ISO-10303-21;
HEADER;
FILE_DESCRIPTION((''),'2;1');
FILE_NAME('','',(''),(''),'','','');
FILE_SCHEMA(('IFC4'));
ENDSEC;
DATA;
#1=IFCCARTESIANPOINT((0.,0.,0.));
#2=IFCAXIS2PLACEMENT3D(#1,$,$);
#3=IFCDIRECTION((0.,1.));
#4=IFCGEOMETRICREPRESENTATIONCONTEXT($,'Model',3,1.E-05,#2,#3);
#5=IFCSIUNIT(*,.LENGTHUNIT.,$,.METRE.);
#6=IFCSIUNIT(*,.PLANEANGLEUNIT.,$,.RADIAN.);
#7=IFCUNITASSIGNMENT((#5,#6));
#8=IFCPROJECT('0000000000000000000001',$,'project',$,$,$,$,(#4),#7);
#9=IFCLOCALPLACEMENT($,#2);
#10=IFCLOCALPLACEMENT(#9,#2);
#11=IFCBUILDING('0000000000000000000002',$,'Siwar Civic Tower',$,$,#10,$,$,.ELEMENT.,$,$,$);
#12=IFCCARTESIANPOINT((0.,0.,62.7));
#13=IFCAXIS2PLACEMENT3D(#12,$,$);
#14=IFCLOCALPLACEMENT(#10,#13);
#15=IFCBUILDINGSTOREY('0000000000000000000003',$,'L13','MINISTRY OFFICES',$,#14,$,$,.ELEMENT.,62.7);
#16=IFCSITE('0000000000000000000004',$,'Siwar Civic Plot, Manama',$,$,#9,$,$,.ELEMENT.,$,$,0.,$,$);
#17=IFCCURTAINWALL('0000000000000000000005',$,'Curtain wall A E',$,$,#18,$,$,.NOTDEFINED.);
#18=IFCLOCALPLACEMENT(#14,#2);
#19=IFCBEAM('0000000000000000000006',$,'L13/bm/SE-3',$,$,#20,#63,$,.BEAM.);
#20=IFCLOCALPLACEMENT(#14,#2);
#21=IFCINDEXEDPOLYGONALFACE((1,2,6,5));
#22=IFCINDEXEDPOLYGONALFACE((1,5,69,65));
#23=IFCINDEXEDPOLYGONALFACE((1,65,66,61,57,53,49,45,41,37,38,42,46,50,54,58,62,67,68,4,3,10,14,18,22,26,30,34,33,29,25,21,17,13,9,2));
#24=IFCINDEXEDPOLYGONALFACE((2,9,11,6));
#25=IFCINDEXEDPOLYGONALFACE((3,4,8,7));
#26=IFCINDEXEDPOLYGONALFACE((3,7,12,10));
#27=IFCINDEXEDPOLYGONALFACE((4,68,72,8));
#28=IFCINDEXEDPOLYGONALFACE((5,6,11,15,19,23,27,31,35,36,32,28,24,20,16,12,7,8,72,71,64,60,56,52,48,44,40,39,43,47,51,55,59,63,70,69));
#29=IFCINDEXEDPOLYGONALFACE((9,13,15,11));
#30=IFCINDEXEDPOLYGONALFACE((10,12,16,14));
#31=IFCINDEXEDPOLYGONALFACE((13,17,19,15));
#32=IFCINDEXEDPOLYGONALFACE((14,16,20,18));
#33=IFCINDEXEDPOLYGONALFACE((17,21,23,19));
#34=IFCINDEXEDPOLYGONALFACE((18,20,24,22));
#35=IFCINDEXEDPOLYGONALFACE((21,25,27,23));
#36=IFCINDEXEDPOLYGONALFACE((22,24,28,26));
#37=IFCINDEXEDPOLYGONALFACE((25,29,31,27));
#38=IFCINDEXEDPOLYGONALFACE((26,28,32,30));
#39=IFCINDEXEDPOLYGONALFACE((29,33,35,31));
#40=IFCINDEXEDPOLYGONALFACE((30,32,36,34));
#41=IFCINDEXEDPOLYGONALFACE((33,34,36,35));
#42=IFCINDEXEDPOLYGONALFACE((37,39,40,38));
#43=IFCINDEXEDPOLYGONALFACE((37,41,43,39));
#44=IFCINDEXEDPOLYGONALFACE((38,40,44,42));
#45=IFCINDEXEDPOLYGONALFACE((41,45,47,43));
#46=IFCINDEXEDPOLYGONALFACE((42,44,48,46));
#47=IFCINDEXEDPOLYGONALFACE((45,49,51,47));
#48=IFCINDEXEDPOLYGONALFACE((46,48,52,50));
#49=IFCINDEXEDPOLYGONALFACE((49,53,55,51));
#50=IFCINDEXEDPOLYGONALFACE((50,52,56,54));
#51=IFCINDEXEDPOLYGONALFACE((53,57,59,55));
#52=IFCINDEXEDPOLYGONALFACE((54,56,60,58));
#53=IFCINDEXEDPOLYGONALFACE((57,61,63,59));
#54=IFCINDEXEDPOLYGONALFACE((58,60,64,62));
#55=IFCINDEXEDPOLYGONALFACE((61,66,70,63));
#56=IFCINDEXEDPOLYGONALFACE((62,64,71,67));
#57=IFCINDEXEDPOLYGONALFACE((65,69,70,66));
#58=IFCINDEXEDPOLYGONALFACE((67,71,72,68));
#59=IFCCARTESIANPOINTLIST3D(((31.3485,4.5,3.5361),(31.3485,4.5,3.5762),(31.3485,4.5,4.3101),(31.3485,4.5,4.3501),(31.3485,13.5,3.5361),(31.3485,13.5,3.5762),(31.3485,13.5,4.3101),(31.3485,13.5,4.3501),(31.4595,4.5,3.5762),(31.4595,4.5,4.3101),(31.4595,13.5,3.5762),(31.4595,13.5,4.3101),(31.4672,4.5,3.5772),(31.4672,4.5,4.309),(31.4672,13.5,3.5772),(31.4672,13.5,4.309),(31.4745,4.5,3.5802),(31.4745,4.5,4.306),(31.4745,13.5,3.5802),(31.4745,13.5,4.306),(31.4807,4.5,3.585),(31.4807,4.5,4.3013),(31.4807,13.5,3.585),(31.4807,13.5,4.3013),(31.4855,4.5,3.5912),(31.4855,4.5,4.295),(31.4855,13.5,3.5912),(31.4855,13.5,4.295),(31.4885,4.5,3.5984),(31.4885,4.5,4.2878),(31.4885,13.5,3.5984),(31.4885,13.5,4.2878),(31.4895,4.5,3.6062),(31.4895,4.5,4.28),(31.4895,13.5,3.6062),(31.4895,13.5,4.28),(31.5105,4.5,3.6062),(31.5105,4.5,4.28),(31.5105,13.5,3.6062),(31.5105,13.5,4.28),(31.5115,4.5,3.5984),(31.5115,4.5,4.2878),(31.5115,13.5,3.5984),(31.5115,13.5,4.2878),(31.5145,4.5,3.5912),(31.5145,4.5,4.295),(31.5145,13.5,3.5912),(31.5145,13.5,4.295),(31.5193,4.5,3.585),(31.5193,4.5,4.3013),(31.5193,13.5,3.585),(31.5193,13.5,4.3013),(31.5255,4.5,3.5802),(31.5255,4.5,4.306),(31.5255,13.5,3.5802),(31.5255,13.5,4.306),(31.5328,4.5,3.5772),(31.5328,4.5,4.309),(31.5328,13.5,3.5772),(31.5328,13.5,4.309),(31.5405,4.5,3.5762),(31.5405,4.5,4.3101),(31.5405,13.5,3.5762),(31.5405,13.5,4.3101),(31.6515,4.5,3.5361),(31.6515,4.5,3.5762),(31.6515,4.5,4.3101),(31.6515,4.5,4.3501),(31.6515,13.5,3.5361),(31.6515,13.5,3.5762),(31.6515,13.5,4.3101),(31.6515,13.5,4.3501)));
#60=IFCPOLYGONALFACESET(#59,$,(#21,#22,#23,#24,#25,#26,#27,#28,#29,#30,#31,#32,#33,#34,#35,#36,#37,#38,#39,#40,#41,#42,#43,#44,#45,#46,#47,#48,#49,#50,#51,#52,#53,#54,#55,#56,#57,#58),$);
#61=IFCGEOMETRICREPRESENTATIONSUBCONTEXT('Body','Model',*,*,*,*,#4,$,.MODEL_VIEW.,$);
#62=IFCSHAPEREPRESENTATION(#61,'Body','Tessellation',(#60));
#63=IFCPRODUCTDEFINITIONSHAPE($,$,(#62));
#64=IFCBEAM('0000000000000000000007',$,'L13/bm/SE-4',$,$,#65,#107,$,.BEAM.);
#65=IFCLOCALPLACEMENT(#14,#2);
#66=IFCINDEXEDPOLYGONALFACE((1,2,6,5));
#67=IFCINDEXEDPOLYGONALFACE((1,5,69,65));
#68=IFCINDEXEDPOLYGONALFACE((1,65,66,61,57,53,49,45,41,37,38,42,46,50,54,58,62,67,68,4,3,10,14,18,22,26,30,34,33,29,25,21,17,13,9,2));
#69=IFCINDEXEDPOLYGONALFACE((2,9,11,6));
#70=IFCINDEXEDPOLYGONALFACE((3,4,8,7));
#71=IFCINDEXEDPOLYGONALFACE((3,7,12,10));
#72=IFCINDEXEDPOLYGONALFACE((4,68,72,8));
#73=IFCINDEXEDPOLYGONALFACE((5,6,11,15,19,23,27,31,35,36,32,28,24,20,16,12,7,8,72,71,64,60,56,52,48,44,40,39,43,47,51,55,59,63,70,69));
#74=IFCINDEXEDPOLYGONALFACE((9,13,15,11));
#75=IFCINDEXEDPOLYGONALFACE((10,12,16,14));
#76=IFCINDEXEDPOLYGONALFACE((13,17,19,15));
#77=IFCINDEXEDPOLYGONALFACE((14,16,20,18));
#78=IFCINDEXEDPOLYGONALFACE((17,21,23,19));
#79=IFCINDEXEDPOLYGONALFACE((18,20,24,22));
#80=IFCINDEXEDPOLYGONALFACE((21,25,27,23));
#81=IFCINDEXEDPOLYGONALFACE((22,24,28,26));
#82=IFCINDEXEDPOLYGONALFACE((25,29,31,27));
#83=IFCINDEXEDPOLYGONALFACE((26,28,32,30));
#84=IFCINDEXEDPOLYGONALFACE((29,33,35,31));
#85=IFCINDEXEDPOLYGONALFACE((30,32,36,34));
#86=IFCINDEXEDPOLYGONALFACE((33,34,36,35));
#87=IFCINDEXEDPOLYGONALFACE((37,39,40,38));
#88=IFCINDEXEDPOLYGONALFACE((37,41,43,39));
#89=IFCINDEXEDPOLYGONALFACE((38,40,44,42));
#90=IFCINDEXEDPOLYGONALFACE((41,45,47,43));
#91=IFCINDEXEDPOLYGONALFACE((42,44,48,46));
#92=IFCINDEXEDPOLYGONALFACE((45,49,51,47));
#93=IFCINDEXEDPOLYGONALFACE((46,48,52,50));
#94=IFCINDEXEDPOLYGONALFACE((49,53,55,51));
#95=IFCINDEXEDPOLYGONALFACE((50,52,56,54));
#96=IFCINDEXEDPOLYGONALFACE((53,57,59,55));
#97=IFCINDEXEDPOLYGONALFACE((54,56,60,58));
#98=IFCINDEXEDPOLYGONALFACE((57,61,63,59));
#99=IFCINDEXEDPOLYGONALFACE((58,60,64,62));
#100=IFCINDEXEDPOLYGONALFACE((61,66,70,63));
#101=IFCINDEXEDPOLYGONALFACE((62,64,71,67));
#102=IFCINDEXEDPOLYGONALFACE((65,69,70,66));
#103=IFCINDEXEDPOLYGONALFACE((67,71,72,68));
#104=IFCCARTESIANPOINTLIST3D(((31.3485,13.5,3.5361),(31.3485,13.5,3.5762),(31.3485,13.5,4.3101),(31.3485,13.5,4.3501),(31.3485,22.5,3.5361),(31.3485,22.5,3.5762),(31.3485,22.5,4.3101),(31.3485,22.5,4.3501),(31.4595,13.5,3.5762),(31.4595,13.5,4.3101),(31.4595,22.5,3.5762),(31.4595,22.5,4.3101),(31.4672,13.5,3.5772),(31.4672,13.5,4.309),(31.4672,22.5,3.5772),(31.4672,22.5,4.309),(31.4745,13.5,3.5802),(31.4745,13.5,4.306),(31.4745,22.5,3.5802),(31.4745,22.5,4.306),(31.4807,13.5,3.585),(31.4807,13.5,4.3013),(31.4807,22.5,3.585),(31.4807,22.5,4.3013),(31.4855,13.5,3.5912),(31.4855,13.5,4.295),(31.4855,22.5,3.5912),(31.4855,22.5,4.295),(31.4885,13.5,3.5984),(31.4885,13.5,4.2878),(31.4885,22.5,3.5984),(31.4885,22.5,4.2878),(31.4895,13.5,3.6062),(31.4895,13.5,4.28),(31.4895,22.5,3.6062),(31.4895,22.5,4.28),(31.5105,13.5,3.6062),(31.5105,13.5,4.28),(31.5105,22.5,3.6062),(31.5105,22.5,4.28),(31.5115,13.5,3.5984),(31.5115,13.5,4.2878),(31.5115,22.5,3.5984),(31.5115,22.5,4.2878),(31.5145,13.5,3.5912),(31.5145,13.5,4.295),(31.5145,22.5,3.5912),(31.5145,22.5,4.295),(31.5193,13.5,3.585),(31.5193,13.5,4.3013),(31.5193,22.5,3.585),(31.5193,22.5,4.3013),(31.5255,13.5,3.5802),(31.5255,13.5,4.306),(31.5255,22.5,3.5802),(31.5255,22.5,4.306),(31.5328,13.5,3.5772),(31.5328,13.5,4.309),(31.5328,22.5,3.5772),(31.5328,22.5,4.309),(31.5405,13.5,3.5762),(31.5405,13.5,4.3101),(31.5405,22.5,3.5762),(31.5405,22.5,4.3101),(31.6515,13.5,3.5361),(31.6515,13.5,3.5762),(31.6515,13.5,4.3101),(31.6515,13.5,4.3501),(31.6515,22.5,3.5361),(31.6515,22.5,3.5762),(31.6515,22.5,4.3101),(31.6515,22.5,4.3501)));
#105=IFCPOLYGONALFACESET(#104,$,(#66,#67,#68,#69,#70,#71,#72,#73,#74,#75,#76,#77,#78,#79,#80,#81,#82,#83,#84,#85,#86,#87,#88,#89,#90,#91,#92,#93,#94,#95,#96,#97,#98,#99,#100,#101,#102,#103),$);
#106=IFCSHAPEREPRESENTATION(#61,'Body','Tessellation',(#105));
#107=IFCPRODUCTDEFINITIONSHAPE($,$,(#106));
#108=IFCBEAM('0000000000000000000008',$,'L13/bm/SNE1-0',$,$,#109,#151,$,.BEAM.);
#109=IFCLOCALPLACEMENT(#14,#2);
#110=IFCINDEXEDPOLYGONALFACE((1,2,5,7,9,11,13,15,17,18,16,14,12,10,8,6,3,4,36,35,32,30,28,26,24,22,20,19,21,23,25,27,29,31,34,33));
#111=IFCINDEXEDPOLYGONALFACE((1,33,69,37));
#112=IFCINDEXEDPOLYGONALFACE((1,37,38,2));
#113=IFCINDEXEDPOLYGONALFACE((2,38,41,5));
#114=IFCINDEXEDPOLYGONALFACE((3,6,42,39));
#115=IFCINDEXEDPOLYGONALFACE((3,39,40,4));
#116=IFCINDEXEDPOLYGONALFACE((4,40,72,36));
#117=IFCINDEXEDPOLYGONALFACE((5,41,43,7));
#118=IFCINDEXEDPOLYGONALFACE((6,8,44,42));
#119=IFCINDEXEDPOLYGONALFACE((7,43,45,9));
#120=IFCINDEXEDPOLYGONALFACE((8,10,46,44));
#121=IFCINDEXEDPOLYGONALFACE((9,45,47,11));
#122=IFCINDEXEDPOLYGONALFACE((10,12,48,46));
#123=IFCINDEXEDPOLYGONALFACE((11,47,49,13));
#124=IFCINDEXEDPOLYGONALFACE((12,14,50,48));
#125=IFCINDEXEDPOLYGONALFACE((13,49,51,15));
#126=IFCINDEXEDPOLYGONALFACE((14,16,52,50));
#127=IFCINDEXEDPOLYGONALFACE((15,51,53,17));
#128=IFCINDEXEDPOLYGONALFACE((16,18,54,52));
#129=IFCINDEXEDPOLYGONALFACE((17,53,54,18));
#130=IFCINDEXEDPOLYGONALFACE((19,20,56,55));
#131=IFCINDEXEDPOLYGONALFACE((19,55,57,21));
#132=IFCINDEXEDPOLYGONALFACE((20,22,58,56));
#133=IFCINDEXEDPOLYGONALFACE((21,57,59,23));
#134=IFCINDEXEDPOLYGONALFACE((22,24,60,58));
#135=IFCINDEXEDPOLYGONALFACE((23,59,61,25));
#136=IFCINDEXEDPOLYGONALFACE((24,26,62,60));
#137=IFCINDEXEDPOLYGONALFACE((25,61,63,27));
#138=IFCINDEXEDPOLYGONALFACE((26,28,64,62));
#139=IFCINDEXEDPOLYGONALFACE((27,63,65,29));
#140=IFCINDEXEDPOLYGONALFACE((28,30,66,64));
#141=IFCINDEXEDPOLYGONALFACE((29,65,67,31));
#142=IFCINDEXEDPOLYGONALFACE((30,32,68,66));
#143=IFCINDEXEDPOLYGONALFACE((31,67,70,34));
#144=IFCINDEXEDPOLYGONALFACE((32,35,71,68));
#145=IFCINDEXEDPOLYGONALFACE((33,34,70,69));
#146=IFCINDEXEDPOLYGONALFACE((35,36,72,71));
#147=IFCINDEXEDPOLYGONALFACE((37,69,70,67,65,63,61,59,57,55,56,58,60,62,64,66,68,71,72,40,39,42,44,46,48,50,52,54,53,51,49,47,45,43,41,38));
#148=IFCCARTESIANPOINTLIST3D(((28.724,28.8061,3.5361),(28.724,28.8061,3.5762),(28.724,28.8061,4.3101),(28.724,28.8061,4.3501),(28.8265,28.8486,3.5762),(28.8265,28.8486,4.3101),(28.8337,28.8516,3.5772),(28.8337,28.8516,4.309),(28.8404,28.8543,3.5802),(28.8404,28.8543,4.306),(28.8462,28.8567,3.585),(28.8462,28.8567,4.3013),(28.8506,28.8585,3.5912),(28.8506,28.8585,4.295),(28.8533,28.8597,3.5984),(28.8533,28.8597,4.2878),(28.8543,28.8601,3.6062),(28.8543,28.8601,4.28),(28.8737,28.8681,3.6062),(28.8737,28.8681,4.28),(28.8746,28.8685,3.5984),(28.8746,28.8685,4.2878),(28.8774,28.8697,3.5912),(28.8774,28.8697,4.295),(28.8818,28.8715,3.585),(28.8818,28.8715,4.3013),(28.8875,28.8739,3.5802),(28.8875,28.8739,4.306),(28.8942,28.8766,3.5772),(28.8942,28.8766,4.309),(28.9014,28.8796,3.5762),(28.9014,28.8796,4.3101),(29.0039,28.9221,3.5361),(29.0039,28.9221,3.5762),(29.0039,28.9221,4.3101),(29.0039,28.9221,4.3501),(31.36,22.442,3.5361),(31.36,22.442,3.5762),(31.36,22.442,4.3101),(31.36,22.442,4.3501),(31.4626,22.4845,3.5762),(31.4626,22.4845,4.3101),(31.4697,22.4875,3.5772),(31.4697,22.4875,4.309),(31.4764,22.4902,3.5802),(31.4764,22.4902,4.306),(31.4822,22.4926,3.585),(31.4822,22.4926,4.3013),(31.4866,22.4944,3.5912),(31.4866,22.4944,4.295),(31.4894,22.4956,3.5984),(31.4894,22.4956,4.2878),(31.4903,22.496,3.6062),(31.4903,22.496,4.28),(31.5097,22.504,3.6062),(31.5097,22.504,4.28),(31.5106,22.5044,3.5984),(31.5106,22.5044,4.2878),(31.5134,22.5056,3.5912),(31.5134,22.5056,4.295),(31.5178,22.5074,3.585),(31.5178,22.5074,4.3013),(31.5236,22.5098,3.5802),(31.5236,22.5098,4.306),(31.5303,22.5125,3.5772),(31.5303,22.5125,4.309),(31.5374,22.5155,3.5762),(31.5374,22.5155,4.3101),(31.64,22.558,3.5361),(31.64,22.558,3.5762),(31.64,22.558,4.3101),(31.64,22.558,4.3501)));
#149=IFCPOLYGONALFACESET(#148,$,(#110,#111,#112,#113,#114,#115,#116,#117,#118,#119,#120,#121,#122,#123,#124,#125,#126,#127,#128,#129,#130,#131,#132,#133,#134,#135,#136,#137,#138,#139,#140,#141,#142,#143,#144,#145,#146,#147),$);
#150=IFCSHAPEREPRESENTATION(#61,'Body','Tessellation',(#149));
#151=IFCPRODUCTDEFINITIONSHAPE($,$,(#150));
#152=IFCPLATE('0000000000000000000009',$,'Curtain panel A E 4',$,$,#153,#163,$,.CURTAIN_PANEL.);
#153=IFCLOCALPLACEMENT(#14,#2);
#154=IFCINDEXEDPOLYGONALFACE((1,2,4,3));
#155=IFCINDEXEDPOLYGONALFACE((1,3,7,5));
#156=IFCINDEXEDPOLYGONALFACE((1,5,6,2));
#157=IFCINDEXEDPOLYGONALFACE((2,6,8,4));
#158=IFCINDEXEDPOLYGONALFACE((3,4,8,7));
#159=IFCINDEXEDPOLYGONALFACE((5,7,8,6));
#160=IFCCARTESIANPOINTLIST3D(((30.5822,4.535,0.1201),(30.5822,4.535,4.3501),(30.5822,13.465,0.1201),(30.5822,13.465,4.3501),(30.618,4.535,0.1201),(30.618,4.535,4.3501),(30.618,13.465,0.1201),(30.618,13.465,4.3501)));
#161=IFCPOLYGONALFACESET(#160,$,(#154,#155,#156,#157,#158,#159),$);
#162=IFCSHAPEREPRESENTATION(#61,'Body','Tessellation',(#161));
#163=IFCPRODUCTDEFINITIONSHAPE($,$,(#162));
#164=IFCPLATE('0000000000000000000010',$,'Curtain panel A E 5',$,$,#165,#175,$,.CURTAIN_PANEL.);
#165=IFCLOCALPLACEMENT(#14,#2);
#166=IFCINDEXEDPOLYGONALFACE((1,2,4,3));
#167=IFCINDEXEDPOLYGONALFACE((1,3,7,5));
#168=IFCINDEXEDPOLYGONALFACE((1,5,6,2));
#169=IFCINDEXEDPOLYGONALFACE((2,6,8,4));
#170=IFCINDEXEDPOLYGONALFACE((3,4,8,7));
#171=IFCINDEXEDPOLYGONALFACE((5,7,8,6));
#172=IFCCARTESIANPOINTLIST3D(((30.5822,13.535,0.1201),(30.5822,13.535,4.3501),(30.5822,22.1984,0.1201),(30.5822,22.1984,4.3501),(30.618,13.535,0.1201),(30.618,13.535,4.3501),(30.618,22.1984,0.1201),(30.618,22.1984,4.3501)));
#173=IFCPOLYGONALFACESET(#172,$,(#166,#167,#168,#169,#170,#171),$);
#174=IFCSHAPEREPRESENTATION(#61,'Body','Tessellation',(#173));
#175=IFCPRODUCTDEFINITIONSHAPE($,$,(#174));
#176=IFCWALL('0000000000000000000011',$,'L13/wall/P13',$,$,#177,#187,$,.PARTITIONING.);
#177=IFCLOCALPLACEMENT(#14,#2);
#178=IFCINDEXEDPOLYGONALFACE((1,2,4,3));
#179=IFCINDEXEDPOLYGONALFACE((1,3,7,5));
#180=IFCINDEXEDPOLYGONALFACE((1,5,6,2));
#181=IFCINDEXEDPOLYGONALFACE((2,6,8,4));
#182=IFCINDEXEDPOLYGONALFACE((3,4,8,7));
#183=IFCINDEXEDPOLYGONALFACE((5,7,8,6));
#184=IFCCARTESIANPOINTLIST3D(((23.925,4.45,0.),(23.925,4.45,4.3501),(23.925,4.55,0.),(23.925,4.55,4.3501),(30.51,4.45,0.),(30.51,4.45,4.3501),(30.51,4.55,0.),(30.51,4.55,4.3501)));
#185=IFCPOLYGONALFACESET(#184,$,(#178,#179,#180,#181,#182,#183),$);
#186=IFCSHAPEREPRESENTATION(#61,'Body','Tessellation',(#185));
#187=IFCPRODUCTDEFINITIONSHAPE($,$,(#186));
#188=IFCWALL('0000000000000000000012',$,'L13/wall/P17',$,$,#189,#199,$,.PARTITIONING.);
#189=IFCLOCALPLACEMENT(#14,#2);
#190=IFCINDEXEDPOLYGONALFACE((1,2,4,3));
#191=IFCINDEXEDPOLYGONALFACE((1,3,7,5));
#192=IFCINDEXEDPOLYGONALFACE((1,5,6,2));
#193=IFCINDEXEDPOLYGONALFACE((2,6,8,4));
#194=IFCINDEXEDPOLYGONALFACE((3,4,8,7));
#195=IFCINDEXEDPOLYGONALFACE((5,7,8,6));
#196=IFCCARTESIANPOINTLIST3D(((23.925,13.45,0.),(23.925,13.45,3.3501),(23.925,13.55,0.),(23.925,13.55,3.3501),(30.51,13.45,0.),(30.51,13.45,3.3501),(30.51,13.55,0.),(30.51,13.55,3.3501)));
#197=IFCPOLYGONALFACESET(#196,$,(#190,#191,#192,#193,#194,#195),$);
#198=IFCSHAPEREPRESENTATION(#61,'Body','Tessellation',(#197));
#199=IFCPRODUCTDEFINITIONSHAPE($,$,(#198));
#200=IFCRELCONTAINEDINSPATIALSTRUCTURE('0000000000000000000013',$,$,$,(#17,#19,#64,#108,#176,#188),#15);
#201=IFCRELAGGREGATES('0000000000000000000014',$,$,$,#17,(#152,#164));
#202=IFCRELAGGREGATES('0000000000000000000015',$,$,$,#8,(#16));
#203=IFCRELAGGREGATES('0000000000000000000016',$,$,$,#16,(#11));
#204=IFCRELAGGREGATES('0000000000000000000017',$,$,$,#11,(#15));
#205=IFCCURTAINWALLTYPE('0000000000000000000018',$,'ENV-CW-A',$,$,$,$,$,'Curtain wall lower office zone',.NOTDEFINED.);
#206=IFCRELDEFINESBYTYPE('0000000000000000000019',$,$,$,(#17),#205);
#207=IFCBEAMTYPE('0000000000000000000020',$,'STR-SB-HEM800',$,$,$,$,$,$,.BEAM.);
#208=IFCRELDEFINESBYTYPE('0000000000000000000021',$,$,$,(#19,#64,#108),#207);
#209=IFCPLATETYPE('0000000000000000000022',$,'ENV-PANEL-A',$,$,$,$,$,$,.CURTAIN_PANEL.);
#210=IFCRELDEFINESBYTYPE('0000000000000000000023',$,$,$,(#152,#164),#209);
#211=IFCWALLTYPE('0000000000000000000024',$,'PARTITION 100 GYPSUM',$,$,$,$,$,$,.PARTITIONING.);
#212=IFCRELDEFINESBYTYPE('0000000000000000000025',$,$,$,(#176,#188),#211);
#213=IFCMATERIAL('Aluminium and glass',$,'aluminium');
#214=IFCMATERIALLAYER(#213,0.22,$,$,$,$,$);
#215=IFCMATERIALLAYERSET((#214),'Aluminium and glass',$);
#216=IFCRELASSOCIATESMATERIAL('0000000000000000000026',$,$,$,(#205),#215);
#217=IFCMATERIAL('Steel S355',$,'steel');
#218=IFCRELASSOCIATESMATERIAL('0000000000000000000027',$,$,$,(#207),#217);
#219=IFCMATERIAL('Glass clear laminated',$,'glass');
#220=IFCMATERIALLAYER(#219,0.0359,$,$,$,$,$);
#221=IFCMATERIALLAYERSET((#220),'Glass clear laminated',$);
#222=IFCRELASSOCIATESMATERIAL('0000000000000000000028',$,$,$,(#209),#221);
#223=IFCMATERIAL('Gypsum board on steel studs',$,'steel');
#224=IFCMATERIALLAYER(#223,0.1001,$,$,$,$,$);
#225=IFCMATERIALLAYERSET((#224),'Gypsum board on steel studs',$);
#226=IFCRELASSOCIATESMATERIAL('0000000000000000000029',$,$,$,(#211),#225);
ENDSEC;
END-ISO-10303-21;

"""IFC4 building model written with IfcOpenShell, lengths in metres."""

from ifc_helpers import new_model, si_unit, direction, frame, frame_2d, origin, origin_2d, place, context, subcontext, project, spatial, rectangle, i_section, extrude, material, layer, layer_set, material_profile, profile_set, type_object, element, aggregate, save


model = new_model("IFC4")

# Units and contexts
model_context = context("Model", 3, precision=1e-05, world=origin(), true_north=direction((0.0, 1.0)))
body_context = subcontext(model_context, "Body", "Model", "MODEL_VIEW")
ifc_project = project(units=[si_unit("LENGTHUNIT", "METRE"), si_unit("PLANEANGLEUNIT", "RADIAN")], contexts=[model_context])

# Site, building, storey
site_placement = place(None, origin())
site = spatial("IfcSite", under=ifc_project, at=site_placement, Name="Siwar Civic Plot, Manama", CompositionType="ELEMENT", RefElevation=0.0)
building_placement = place(site_placement, origin())
building = spatial("IfcBuilding", under=site, at=building_placement, Name="Siwar Civic Tower", CompositionType="ELEMENT")
storey_placement = place(building_placement, frame((0.0, 0.0, 62.7)))
storey = spatial("IfcBuildingStorey", under=building, at=storey_placement, Name="L13", Description="MINISTRY OFFICES", CompositionType="ELEMENT", Elevation=62.7)

# Curtain wall
ifc_material_1 = material(Name="Aluminium and glass", Category="aluminium")
ifc_layer_1 = layer(ifc_material_1, 0.22)
ifc_layer_set_1 = layer_set([ifc_layer_1], Name="Aluminium and glass")
curtain_wall_type_1 = type_object("IfcCurtainWallType", Name="ENV-CW-A", ElementType="Curtain wall lower office zone", PredefinedType="NOTDEFINED", material=ifc_layer_set_1)
curtain_wall_1_placement = place(storey_placement, origin())
curtain_wall_1 = element("IfcCurtainWall", 1, at=curtain_wall_1_placement, inside=storey, type_object=curtain_wall_type_1, Name="Curtain wall A E", PredefinedType="NOTDEFINED")

# Beams
ifc_material_2 = material(Name="Steel S355", Category="steel")
ifc_material_profile_1 = material_profile(ifc_material_2, i_section(OverallWidth=0.303, OverallDepth=0.814, WebThickness=0.021, FlangeThickness=0.04, FilletRadius=0.03, at=origin_2d()), Name="HEM800")
ifc_profile_set_1 = profile_set([ifc_material_profile_1], Name="Steel S355")
beam_type_1 = type_object("IfcBeamType", Name="STR-SB-HEM800", PredefinedType="BEAM", material=ifc_profile_set_1)
for number, where, z_axis, x_axis, name in (
    (2, (31.5, 4.5, 3.9431), (0.0, 1.0, 0.0), (-1.0, 0.0, 0.0), "L13/bm/SE-3"),
    (3, (31.5, 13.5, 3.9431), (0.0, 1.0, 0.0), (-1.0, 0.0, 0.0), "L13/bm/SE-4"),
):
    element("IfcBeam", number, at=place(storey_placement, frame(where, z_axis=z_axis, x_axis=x_axis)), inside=storey, type_object=beam_type_1, Name=name, PredefinedType="BEAM", context=body_context, shape_type="SweptSolid", body=[
        extrude(i_section(OverallWidth=0.303, OverallDepth=0.814, WebThickness=0.021, FlangeThickness=0.04, FilletRadius=0.03, at=origin_2d()), origin(), (0.0, 0.0, 1.0), 9.0),
    ])
beam_1_placement = place(storey_placement, frame((31.5, 22.5, 3.9431), z_axis=(-0.382674, 0.923883, 0.0), x_axis=(-0.923883, -0.382674, 0.0)))
element("IfcBeam", 4, at=beam_1_placement, inside=storey, type_object=beam_type_1, Name="L13/bm/SNE1-0", PredefinedType="BEAM", context=body_context, shape_type="SweptSolid", body=[
    extrude(i_section(OverallWidth=0.303, OverallDepth=0.814, WebThickness=0.021, FlangeThickness=0.04, FilletRadius=0.03, at=origin_2d()), origin(), (0.0, 0.0, 1.0), 6.8884),
])

# Plates
ifc_material_3 = material(Name="Glass clear laminated", Category="glass")
ifc_layer_2 = layer(ifc_material_3, 0.0359)
ifc_layer_set_2 = layer_set([ifc_layer_2], Name="Glass clear laminated")
plate_type = type_object("IfcPlateType", Name="ENV-PANEL-A", PredefinedType="CURTAIN_PANEL", material=ifc_layer_set_2)
plate_1_placement = place(storey_placement, frame((30.6001, 9.0, 0.1201), z_axis=(0.0, 0.0, 1.0), x_axis=(0.0, 1.0, 0.0)))
plate_1 = element("IfcPlate", 5, at=plate_1_placement, type_object=plate_type, Name="Curtain panel A E 4", PredefinedType="CURTAIN_PANEL", context=body_context, shape_type="SweptSolid", body=[
    extrude(rectangle(XDim=8.9299, YDim=0.0359, at=origin_2d()), origin(), (0.0, 0.0, 1.0), 4.23),
])
plate_2_placement = place(storey_placement, frame((30.6001, 17.8667, 0.1201), z_axis=(0.0, 0.0, 1.0), x_axis=(0.0, 1.0, 0.0)))
plate_2 = element("IfcPlate", 6, at=plate_2_placement, type_object=plate_type, Name="Curtain panel A E 5", PredefinedType="CURTAIN_PANEL", context=body_context, shape_type="SweptSolid", body=[
    extrude(rectangle(XDim=8.6633, YDim=0.0359, at=origin_2d()), origin(), (0.0, 0.0, 1.0), 4.23),
])
aggregate(curtain_wall_1, [plate_1, plate_2])

# Walls
ifc_material_4 = material(Name="Gypsum board on steel studs", Category="steel")
ifc_layer_3 = layer(ifc_material_4, 0.1001)
ifc_layer_set_3 = layer_set([ifc_layer_3], Name="Gypsum board on steel studs")
wall_type = type_object("IfcWallType", Name="PARTITION 100 GYPSUM", PredefinedType="PARTITIONING", material=ifc_layer_set_3)
wall_1_placement = place(storey_placement, frame((23.925, 4.5, 0.0), z_axis=(0.0, 0.0, 1.0), x_axis=(1.0, 0.0, 0.0)))
element("IfcWall", 7, at=wall_1_placement, inside=storey, type_object=wall_type, Name="L13/wall/P13", PredefinedType="PARTITIONING", context=body_context, shape_type="SweptSolid", body=[
    extrude(rectangle(XDim=6.585, YDim=0.1001, at=frame_2d((3.2925, 0.0))), origin(), (0.0, 0.0, 1.0), 4.3501),
])
wall_2_placement = place(storey_placement, frame((23.925, 13.5, 0.0), z_axis=(0.0, 0.0, 1.0), x_axis=(1.0, 0.0, 0.0)))
element("IfcWall", 8, at=wall_2_placement, inside=storey, type_object=wall_type, Name="L13/wall/P17", PredefinedType="PARTITIONING", context=body_context, shape_type="SweptSolid", body=[
    extrude(rectangle(XDim=6.585, YDim=0.1001, at=frame_2d((3.2925, 0.0))), origin(), (0.0, 0.0, 1.0), 3.3501),
])

save(model, "model.ifc")
